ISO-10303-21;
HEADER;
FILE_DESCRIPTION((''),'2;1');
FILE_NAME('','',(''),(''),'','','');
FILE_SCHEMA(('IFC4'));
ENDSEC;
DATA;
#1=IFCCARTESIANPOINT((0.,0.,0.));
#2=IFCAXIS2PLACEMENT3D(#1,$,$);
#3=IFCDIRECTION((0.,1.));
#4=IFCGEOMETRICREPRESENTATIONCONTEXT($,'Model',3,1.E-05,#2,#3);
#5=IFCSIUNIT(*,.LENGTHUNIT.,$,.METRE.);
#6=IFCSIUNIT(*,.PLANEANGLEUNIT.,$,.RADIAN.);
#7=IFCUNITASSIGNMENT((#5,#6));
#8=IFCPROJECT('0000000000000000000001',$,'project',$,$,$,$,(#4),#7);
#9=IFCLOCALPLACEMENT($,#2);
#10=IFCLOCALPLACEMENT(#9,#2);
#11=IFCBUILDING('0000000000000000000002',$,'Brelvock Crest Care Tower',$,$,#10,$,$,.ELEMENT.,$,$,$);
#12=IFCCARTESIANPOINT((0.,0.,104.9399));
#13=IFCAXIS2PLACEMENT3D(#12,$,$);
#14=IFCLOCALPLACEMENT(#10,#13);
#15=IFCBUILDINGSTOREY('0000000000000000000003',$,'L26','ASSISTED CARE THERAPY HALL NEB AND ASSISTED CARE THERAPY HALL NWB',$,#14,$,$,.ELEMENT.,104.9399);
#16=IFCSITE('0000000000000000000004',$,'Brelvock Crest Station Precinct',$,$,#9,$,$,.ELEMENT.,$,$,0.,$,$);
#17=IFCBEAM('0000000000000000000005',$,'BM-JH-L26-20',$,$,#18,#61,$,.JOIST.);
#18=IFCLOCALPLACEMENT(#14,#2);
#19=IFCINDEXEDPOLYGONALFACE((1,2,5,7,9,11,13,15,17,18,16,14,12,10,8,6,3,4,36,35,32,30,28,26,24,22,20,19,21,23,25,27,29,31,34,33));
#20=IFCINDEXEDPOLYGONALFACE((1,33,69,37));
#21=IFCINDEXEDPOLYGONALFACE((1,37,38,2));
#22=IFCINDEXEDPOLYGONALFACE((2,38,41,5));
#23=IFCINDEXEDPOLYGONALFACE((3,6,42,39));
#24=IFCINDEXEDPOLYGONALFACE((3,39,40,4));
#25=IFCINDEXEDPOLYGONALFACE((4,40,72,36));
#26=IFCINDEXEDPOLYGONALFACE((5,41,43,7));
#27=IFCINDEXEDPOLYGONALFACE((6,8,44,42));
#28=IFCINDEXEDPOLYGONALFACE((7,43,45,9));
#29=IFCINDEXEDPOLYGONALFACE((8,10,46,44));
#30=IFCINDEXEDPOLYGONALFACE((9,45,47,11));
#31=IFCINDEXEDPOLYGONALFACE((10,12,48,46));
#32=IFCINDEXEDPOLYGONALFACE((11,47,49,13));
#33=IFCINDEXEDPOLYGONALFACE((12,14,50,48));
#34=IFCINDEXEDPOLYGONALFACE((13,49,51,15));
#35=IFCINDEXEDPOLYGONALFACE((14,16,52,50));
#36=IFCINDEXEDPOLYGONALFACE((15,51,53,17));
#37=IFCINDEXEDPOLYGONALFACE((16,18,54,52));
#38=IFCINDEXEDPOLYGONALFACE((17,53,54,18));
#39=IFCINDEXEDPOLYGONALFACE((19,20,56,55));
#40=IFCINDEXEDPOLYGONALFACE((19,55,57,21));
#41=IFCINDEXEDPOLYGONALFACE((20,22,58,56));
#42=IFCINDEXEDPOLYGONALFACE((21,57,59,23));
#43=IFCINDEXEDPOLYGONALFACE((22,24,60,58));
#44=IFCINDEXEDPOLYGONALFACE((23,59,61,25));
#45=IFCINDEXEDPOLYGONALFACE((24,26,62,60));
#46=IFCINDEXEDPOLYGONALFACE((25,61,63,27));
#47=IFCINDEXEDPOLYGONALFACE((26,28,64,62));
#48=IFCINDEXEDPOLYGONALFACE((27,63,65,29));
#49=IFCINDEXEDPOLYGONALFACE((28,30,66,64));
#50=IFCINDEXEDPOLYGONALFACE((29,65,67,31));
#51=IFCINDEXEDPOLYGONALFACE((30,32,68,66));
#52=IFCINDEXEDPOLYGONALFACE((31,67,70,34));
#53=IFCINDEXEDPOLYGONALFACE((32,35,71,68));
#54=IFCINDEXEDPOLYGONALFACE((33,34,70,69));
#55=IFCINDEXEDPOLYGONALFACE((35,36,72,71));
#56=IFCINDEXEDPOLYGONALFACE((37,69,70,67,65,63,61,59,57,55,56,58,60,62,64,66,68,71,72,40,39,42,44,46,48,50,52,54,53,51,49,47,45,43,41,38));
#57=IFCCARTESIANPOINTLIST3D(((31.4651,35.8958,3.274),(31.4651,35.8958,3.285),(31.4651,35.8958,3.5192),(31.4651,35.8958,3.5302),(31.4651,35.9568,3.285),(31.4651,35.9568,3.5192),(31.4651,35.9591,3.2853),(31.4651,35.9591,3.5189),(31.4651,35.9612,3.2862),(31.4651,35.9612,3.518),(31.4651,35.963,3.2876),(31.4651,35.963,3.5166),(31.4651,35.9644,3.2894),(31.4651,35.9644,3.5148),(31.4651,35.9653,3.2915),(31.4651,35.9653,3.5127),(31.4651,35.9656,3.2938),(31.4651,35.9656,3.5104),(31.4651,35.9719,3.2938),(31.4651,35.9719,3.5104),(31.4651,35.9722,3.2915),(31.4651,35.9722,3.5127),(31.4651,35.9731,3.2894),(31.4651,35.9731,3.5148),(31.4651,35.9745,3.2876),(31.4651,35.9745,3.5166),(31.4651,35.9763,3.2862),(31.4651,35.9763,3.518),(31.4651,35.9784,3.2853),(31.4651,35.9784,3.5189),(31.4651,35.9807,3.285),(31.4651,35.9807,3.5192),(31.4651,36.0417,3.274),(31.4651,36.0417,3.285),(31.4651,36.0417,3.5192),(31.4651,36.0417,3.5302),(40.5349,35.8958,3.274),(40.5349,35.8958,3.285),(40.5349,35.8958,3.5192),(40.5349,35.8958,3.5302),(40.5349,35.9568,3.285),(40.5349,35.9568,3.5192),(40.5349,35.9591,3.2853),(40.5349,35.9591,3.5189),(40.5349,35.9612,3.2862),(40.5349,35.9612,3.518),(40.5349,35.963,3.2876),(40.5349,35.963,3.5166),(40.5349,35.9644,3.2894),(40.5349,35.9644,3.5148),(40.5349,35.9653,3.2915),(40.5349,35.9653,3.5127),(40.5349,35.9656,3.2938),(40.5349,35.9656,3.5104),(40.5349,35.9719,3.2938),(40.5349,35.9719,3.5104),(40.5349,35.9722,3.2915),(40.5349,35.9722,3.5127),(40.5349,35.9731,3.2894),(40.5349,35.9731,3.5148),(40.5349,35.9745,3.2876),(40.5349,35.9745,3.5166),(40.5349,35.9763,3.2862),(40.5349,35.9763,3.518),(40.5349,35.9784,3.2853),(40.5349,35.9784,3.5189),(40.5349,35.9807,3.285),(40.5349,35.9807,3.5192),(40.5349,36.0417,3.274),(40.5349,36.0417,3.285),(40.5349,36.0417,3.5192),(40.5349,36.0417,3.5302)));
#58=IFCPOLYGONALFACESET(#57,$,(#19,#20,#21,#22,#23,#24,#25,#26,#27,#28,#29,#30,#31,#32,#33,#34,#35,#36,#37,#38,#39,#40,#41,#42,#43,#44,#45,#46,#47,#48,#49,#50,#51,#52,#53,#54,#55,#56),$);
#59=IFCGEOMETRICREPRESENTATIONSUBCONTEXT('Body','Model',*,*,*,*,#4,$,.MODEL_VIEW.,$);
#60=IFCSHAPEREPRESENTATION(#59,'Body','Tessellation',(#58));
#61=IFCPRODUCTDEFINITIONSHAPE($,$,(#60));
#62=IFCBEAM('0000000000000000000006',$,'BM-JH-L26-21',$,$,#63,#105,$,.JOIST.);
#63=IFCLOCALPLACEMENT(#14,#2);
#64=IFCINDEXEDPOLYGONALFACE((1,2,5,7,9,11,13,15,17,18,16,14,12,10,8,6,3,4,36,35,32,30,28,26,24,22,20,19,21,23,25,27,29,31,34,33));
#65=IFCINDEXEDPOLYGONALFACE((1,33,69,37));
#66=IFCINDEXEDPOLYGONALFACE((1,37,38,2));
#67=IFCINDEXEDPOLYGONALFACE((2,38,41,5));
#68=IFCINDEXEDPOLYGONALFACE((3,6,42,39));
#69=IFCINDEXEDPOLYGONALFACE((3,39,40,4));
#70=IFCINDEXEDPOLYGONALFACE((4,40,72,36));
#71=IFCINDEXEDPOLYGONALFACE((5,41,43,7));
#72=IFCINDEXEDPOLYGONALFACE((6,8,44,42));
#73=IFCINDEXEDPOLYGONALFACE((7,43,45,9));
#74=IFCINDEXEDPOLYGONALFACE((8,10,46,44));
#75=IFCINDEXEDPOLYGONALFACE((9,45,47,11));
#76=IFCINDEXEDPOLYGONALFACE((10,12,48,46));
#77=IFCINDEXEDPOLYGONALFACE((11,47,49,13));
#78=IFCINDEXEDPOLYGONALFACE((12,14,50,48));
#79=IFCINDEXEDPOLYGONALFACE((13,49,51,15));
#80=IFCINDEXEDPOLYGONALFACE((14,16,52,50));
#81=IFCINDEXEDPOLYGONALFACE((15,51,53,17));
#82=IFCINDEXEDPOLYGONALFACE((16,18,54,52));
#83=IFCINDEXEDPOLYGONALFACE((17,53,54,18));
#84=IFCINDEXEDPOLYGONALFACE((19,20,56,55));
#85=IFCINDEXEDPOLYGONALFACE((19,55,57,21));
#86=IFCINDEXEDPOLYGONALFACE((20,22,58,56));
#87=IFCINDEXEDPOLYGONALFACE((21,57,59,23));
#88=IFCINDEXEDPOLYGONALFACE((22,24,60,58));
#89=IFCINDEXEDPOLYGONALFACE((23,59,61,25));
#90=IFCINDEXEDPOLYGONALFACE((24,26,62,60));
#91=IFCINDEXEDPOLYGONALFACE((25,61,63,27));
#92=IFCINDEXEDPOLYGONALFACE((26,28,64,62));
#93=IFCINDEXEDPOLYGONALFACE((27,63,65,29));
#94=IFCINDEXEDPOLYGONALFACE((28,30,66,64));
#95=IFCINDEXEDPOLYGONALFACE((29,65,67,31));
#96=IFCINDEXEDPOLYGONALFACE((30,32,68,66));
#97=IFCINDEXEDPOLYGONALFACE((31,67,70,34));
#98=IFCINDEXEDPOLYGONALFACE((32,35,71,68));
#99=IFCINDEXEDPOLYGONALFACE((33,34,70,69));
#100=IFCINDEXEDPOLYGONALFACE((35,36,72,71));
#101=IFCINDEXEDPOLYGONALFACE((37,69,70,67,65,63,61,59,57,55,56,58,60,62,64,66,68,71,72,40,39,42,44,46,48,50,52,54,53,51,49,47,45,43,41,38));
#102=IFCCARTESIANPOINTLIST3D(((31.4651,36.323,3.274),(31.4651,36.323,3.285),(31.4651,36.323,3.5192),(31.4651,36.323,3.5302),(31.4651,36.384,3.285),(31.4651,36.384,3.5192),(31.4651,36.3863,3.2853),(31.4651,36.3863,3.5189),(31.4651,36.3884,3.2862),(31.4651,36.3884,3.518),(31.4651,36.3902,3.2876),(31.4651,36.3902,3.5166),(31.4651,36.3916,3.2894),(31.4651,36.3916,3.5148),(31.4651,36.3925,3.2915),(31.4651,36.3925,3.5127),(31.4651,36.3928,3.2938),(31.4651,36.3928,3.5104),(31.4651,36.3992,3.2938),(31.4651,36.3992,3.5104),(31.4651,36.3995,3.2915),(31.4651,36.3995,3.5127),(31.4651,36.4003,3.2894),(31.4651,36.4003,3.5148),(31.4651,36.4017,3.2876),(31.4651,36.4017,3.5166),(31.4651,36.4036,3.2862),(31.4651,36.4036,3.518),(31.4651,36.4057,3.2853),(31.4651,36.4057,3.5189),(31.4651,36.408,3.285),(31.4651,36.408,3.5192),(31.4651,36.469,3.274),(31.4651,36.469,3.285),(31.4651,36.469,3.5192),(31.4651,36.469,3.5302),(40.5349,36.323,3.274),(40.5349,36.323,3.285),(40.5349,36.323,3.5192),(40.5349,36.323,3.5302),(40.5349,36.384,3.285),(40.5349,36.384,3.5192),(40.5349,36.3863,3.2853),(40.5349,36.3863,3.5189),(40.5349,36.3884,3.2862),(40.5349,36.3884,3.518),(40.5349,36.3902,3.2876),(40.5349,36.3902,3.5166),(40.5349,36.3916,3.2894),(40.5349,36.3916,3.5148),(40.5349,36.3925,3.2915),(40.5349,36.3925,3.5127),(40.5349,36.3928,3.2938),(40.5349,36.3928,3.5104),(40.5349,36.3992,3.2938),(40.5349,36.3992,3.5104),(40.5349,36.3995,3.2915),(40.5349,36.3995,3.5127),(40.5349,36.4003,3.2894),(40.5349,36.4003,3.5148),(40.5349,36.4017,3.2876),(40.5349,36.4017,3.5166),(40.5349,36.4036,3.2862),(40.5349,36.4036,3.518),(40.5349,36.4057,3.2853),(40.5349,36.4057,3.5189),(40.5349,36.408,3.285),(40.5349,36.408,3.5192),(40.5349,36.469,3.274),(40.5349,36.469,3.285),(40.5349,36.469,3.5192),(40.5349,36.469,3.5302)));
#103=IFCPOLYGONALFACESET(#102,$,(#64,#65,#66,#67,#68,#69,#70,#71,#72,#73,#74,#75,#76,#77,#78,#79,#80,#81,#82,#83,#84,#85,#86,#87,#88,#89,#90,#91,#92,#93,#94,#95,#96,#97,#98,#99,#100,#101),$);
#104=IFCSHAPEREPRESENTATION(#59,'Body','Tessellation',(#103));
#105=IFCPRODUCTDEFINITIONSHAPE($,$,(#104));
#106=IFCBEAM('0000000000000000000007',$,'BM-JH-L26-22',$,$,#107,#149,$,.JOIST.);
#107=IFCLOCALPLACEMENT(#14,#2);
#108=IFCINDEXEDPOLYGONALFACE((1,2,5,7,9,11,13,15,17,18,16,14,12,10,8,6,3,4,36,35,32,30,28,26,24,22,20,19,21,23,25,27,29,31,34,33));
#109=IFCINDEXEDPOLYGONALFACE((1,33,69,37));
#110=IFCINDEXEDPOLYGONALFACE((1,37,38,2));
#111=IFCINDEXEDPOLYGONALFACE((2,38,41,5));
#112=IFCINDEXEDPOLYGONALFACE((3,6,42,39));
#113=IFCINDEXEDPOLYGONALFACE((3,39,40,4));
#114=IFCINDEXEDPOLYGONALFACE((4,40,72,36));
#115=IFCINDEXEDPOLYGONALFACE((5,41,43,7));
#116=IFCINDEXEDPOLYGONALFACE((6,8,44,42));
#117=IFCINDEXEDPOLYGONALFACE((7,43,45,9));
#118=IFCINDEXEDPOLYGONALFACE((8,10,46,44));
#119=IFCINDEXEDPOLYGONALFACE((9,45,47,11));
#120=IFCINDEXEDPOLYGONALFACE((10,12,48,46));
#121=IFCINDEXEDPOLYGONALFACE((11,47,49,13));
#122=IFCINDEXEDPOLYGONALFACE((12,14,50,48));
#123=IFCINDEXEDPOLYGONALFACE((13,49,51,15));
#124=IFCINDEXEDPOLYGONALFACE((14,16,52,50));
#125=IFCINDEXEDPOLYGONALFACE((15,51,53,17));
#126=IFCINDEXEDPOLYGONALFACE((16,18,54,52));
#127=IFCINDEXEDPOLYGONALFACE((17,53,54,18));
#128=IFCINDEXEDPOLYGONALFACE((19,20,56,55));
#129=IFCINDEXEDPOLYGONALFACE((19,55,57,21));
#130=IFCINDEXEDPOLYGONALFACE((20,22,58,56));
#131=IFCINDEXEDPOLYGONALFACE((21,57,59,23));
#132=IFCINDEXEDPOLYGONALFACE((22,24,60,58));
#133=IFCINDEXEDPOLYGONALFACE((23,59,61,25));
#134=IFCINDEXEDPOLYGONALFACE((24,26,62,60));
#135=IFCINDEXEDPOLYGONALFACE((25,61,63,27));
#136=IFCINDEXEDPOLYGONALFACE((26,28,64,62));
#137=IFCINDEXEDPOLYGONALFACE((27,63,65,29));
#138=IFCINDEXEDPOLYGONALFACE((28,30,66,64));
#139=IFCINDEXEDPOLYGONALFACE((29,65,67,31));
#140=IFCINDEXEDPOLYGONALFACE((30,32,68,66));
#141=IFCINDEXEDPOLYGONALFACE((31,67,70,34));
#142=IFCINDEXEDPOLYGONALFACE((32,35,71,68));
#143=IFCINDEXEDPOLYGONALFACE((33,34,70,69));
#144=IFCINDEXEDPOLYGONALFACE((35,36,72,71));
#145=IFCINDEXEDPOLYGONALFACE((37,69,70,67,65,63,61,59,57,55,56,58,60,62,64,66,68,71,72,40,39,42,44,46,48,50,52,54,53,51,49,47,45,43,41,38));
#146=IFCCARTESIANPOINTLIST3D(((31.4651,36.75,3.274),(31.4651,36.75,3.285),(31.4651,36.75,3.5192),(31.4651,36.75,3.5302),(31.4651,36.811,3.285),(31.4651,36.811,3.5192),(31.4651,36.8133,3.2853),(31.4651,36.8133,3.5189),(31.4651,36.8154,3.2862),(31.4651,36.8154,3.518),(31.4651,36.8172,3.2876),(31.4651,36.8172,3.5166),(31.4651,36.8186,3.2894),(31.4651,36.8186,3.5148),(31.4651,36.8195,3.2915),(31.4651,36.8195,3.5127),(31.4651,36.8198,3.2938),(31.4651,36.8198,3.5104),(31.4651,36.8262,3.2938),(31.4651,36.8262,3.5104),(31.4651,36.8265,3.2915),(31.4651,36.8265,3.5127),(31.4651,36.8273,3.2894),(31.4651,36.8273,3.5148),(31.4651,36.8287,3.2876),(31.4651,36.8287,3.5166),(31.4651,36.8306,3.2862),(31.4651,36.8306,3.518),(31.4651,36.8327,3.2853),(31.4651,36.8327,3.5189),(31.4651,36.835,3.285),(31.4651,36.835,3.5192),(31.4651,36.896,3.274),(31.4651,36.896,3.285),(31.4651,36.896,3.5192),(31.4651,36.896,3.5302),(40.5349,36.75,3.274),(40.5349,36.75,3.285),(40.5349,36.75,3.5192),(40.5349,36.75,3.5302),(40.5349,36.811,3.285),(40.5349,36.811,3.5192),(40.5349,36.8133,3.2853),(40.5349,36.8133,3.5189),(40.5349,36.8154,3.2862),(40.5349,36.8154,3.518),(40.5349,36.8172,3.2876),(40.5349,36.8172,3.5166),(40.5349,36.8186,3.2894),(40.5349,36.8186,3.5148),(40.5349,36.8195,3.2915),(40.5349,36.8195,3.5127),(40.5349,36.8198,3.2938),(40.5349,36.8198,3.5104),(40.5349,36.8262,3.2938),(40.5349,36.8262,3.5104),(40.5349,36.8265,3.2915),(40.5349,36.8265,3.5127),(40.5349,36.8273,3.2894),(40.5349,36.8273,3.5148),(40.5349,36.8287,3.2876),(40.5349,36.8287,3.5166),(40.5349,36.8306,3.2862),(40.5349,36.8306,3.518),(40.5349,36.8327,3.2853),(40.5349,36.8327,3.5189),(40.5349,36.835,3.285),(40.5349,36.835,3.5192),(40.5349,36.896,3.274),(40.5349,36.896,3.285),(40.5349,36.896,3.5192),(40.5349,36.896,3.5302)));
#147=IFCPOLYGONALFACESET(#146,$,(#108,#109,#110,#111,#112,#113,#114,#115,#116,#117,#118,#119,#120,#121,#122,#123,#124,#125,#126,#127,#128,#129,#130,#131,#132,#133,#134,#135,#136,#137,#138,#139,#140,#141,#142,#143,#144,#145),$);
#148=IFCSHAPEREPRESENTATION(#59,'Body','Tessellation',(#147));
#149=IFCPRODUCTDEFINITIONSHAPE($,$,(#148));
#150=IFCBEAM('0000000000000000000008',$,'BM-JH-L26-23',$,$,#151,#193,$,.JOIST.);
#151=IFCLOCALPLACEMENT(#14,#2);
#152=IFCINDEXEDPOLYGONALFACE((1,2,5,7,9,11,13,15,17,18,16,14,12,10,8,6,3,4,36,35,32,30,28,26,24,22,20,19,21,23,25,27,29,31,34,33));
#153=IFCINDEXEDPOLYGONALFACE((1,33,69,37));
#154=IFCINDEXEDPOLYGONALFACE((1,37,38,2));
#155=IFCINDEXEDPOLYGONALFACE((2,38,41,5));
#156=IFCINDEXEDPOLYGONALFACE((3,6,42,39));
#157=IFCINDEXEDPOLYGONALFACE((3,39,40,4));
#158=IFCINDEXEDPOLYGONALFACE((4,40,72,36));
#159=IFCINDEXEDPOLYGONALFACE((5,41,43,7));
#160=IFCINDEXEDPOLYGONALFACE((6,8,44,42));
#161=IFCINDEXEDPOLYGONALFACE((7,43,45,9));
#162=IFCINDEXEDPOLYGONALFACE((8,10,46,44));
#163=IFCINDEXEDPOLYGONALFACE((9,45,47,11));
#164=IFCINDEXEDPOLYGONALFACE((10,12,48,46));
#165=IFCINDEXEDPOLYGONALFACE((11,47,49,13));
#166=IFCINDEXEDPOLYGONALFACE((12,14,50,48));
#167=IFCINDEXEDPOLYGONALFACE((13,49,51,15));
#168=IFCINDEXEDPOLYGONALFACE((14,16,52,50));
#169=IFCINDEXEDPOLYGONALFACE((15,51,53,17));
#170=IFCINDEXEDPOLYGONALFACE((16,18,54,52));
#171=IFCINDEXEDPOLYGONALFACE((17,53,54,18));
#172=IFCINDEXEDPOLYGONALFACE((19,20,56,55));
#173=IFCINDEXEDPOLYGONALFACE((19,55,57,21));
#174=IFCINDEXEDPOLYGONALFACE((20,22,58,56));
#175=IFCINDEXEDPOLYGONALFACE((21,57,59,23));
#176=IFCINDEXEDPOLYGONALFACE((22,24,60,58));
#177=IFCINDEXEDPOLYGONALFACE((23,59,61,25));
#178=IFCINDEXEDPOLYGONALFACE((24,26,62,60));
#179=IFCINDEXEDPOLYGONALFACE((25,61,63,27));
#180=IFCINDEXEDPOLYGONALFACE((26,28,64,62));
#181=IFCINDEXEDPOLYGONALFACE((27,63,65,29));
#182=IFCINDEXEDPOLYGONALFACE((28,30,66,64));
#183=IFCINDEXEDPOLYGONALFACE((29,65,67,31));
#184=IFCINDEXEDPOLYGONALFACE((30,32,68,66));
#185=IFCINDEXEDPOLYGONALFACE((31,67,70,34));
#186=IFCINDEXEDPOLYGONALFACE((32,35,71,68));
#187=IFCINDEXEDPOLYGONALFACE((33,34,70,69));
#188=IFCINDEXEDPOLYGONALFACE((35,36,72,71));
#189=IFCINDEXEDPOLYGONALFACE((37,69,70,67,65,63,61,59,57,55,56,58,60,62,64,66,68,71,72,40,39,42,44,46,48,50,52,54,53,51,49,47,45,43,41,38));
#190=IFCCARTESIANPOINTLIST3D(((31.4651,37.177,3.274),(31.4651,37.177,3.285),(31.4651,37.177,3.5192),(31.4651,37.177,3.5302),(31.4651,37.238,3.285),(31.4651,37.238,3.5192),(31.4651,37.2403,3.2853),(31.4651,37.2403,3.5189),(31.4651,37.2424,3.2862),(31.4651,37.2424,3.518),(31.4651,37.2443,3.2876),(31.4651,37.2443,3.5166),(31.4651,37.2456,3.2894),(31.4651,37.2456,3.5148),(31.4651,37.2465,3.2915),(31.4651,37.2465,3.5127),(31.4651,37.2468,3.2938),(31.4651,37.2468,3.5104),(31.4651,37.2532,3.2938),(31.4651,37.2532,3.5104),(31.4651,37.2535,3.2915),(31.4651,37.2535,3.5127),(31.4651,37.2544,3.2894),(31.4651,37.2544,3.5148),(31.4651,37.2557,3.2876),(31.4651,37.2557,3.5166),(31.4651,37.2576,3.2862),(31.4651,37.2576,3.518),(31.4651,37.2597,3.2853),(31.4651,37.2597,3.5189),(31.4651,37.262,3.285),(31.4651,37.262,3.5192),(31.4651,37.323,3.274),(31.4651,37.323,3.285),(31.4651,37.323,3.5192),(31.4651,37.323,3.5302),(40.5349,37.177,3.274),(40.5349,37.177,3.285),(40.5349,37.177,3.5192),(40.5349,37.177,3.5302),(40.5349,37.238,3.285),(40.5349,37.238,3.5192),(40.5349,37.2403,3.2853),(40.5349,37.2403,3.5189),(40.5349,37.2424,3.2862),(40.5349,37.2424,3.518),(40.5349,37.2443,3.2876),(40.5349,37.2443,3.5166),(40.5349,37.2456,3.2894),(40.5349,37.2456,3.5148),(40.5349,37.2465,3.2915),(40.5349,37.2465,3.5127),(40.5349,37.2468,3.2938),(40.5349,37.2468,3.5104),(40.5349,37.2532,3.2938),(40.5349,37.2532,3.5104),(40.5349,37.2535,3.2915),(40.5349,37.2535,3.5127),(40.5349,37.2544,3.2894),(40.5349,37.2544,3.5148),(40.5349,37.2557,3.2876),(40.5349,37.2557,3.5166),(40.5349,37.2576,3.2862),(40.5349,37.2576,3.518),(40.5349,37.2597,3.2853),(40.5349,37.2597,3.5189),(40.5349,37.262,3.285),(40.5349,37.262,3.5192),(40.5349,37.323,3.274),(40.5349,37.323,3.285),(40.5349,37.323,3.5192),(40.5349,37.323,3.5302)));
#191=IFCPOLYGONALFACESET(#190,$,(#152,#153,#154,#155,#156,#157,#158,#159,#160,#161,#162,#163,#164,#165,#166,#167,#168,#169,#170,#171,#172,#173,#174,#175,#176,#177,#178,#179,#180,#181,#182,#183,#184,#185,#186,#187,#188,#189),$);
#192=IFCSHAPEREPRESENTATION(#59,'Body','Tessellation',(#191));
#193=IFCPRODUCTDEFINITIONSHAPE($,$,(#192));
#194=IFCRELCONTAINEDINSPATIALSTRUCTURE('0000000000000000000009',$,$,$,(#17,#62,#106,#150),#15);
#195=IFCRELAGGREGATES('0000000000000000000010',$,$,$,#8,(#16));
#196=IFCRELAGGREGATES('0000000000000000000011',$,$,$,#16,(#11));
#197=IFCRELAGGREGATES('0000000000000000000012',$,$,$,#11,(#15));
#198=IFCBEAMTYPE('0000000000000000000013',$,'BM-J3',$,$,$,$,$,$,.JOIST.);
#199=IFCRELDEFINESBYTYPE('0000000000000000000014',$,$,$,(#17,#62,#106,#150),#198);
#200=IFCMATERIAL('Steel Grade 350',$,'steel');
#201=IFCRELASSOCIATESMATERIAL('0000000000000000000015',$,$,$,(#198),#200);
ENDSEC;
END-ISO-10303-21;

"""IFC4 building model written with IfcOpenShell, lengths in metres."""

from ifc_helpers import new_model, si_unit, direction, frame, origin, origin_2d, place, context, subcontext, project, spatial, i_section, extrude, source, transform, mapped, material, material_profile, profile_set, type_object, element, save


model = new_model("IFC4")

# Units and contexts
model_context = context("Model", 3, precision=1e-05, world=origin(), true_north=direction((0.0, 1.0)))
body_context = subcontext(model_context, "Body", "Model", "MODEL_VIEW")
ifc_project = project(units=[si_unit("LENGTHUNIT", "METRE"), si_unit("PLANEANGLEUNIT", "RADIAN")], contexts=[model_context])

# Site, building, storey
site_placement = place(None, origin())
site = spatial("IfcSite", under=ifc_project, at=site_placement, Name="Brelvock Crest Station Precinct", CompositionType="ELEMENT", RefElevation=0.0)
building_placement = place(site_placement, origin())
building = spatial("IfcBuilding", under=site, at=building_placement, Name="Brelvock Crest Care Tower", CompositionType="ELEMENT")
storey_placement = place(building_placement, frame((0.0, 0.0, 104.9399)))
storey = spatial("IfcBuildingStorey", under=building, at=storey_placement, Name="L26", Description="ASSISTED CARE THERAPY HALL NEB AND ASSISTED CARE THERAPY HALL NWB", CompositionType="ELEMENT", Elevation=104.9399)

# Beams
ifc_material_1 = material(Name="Steel Grade 350", Category="steel")
ifc_material_profile_1 = material_profile(ifc_material_1, i_section(OverallWidth=0.146, OverallDepth=0.2561, WebThickness=0.0063, FlangeThickness=0.011, FilletRadius=0.0088, at=origin_2d()), Name="250UB37.3")
ifc_profile_set_1 = profile_set([ifc_material_profile_1], Name="Steel Grade 350")
beam_type_1 = type_object("IfcBeamType", Name="BM-J3", PredefinedType="JOIST", material=ifc_profile_set_1)
shared_shape_1 = source(origin(), body_context, "Body", "SweptSolid", [
    extrude(i_section(OverallWidth=0.146, OverallDepth=0.2561, WebThickness=0.0063, FlangeThickness=0.011, FilletRadius=0.0088, at=origin_2d()), origin(), (0.0, 0.0, 1.0), 9.0698),
])
for number, where, z_axis, x_axis, name in (
    (1, (31.4651, 35.9688, 3.4021), (1.0, 0.0, 0.0), (0.0, 1.0, 0.0), "BM-JH-L26-20"),
    (2, (31.4651, 36.396, 3.4021), (1.0, 0.0, 0.0), (0.0, 1.0, 0.0), "BM-JH-L26-21"),
    (3, (31.4651, 36.823, 3.4021), (1.0, 0.0, 0.0), (0.0, 1.0, 0.0), "BM-JH-L26-22"),
    (4, (31.4651, 37.25, 3.4021), (1.0, 0.0, 0.0), (0.0, 1.0, 0.0), "BM-JH-L26-23"),
):
    element("IfcBeam", number, at=place(storey_placement, frame(where, z_axis=z_axis, x_axis=x_axis)), inside=storey, type_object=beam_type_1, Name=name, PredefinedType="JOIST", context=body_context, shape_type="MappedRepresentation", body=[
        mapped(shared_shape_1, transform((0.0, 0.0, 0.0), x_axis=(1.0, 0.0, 0.0), y_axis=(0.0, 1.0, 0.0), z_axis=(0.0, 0.0, 1.0), scale=1.0)),
    ])

save(model, "model.ifc")
